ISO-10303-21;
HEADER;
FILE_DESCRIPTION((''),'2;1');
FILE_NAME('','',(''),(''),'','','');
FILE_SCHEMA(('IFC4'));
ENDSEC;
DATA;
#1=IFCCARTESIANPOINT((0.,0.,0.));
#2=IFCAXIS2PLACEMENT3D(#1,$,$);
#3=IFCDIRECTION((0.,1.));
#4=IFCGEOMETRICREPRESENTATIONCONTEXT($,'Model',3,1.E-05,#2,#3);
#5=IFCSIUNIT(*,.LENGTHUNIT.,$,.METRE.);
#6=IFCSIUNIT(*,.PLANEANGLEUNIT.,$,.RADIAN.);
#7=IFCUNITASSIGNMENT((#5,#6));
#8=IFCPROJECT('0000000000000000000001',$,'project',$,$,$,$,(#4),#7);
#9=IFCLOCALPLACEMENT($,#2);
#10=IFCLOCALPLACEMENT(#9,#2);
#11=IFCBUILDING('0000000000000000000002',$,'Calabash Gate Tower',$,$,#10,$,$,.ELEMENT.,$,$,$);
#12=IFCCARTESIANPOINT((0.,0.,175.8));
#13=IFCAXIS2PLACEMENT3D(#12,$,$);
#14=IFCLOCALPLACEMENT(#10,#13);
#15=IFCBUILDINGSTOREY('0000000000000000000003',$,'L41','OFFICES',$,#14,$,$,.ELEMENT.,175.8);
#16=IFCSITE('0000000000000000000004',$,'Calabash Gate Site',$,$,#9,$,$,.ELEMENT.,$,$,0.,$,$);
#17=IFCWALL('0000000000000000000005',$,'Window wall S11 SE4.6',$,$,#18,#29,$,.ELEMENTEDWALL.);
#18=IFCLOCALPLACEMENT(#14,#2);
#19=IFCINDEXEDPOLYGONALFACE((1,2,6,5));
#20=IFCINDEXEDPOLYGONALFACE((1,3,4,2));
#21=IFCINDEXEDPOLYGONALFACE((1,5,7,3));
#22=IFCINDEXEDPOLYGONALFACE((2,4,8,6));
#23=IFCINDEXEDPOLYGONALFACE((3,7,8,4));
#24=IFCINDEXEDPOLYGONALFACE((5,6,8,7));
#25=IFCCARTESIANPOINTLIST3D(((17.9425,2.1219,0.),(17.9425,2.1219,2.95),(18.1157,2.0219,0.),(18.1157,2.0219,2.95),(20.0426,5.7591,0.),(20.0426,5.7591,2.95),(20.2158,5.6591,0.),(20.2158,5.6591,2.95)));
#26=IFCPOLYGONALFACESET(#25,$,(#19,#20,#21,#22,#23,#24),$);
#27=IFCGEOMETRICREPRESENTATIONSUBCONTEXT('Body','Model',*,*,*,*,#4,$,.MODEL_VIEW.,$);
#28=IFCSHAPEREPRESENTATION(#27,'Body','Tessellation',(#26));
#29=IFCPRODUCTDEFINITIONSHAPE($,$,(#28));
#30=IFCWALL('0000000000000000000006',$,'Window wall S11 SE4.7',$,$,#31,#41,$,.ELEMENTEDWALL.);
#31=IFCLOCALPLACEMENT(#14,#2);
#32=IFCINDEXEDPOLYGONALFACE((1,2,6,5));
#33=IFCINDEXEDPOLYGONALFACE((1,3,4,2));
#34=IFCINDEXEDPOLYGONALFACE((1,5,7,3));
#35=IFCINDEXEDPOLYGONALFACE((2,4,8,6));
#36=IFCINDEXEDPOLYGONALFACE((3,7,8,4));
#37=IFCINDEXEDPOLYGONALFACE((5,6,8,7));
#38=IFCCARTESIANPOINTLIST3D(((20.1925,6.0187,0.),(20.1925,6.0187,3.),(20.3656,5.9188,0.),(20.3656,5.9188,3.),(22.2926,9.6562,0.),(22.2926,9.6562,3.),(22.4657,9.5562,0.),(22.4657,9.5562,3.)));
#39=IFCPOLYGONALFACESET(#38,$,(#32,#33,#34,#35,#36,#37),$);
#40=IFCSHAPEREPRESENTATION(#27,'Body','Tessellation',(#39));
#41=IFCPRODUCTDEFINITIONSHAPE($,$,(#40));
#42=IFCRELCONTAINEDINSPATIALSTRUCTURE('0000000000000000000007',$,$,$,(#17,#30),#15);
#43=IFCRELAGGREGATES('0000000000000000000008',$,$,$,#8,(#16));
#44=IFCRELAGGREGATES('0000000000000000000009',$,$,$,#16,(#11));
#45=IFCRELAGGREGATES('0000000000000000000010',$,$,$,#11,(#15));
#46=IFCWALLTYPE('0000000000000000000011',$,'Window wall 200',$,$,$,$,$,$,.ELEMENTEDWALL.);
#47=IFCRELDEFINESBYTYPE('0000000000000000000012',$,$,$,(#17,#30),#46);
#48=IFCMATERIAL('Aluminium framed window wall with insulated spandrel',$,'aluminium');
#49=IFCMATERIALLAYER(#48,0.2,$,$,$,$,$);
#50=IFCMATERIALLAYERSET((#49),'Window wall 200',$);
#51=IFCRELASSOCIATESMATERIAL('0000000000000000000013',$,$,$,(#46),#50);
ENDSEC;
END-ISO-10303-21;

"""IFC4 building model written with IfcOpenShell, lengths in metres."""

from ifc_helpers import new_model, si_unit, direction, frame, frame_2d, origin, place, context, subcontext, project, spatial, rectangle, extrude, material, layer, layer_set, type_object, element, save


model = new_model("IFC4")

# Units and contexts
model_context = context("Model", 3, precision=1e-05, world=origin(), true_north=direction((0.0, 1.0)))
body_context = subcontext(model_context, "Body", "Model", "MODEL_VIEW")
ifc_project = project(units=[si_unit("LENGTHUNIT", "METRE"), si_unit("PLANEANGLEUNIT", "RADIAN")], contexts=[model_context])

# Site, building, storey
site_placement = place(None, origin())
site = spatial("IfcSite", under=ifc_project, at=site_placement, Name="Calabash Gate Site", CompositionType="ELEMENT", RefElevation=0.0)
building_placement = place(site_placement, origin())
building = spatial("IfcBuilding", under=site, at=building_placement, Name="Calabash Gate Tower", CompositionType="ELEMENT")
storey_placement = place(building_placement, frame((0.0, 0.0, 175.8)))
storey = spatial("IfcBuildingStorey", under=building, at=storey_placement, Name="L41", Description="OFFICES", CompositionType="ELEMENT", Elevation=175.8)

# Walls
ifc_material_1 = material(Name="Aluminium framed window wall with insulated spandrel", Category="aluminium")
ifc_layer_1 = layer(ifc_material_1, 0.2)
ifc_layer_set_1 = layer_set([ifc_layer_1], Name="Window wall 200")
wall_type_1 = type_object("IfcWallType", Name="Window wall 200", PredefinedType="ELEMENTEDWALL", material=ifc_layer_set_1)
wall_1_placement = place(storey_placement, frame((18.0291, 2.0718, 0.0), z_axis=(0.0, 0.0, 1.0), x_axis=(0.500028, 0.866009, 0.0)))
element("IfcWall", 1, at=wall_1_placement, inside=storey, type_object=wall_type_1, Name="Window wall S11 SE4.6", PredefinedType="ELEMENTEDWALL", context=body_context, shape_type="SweptSolid", body=[
    extrude(rectangle(XDim=4.2, YDim=0.2, at=frame_2d((2.1001, 0.0))), origin(), (0.0, 0.0, 1.0), 2.95),
])
wall_2_placement = place(storey_placement, frame((20.2791, 5.9688, 0.0), z_axis=(0.0, 0.0, 1.0), x_axis=(0.500003, 0.866024, 0.0)))
element("IfcWall", 2, at=wall_2_placement, inside=storey, type_object=wall_type_1, Name="Window wall S11 SE4.7", PredefinedType="ELEMENTEDWALL", context=body_context, shape_type="SweptSolid", body=[
    extrude(rectangle(XDim=4.2002, YDim=0.2, at=frame_2d((2.1001, 0.0))), origin(), (0.0, 0.0, 1.0), 3.0),
])

save(model, "model.ifc")
